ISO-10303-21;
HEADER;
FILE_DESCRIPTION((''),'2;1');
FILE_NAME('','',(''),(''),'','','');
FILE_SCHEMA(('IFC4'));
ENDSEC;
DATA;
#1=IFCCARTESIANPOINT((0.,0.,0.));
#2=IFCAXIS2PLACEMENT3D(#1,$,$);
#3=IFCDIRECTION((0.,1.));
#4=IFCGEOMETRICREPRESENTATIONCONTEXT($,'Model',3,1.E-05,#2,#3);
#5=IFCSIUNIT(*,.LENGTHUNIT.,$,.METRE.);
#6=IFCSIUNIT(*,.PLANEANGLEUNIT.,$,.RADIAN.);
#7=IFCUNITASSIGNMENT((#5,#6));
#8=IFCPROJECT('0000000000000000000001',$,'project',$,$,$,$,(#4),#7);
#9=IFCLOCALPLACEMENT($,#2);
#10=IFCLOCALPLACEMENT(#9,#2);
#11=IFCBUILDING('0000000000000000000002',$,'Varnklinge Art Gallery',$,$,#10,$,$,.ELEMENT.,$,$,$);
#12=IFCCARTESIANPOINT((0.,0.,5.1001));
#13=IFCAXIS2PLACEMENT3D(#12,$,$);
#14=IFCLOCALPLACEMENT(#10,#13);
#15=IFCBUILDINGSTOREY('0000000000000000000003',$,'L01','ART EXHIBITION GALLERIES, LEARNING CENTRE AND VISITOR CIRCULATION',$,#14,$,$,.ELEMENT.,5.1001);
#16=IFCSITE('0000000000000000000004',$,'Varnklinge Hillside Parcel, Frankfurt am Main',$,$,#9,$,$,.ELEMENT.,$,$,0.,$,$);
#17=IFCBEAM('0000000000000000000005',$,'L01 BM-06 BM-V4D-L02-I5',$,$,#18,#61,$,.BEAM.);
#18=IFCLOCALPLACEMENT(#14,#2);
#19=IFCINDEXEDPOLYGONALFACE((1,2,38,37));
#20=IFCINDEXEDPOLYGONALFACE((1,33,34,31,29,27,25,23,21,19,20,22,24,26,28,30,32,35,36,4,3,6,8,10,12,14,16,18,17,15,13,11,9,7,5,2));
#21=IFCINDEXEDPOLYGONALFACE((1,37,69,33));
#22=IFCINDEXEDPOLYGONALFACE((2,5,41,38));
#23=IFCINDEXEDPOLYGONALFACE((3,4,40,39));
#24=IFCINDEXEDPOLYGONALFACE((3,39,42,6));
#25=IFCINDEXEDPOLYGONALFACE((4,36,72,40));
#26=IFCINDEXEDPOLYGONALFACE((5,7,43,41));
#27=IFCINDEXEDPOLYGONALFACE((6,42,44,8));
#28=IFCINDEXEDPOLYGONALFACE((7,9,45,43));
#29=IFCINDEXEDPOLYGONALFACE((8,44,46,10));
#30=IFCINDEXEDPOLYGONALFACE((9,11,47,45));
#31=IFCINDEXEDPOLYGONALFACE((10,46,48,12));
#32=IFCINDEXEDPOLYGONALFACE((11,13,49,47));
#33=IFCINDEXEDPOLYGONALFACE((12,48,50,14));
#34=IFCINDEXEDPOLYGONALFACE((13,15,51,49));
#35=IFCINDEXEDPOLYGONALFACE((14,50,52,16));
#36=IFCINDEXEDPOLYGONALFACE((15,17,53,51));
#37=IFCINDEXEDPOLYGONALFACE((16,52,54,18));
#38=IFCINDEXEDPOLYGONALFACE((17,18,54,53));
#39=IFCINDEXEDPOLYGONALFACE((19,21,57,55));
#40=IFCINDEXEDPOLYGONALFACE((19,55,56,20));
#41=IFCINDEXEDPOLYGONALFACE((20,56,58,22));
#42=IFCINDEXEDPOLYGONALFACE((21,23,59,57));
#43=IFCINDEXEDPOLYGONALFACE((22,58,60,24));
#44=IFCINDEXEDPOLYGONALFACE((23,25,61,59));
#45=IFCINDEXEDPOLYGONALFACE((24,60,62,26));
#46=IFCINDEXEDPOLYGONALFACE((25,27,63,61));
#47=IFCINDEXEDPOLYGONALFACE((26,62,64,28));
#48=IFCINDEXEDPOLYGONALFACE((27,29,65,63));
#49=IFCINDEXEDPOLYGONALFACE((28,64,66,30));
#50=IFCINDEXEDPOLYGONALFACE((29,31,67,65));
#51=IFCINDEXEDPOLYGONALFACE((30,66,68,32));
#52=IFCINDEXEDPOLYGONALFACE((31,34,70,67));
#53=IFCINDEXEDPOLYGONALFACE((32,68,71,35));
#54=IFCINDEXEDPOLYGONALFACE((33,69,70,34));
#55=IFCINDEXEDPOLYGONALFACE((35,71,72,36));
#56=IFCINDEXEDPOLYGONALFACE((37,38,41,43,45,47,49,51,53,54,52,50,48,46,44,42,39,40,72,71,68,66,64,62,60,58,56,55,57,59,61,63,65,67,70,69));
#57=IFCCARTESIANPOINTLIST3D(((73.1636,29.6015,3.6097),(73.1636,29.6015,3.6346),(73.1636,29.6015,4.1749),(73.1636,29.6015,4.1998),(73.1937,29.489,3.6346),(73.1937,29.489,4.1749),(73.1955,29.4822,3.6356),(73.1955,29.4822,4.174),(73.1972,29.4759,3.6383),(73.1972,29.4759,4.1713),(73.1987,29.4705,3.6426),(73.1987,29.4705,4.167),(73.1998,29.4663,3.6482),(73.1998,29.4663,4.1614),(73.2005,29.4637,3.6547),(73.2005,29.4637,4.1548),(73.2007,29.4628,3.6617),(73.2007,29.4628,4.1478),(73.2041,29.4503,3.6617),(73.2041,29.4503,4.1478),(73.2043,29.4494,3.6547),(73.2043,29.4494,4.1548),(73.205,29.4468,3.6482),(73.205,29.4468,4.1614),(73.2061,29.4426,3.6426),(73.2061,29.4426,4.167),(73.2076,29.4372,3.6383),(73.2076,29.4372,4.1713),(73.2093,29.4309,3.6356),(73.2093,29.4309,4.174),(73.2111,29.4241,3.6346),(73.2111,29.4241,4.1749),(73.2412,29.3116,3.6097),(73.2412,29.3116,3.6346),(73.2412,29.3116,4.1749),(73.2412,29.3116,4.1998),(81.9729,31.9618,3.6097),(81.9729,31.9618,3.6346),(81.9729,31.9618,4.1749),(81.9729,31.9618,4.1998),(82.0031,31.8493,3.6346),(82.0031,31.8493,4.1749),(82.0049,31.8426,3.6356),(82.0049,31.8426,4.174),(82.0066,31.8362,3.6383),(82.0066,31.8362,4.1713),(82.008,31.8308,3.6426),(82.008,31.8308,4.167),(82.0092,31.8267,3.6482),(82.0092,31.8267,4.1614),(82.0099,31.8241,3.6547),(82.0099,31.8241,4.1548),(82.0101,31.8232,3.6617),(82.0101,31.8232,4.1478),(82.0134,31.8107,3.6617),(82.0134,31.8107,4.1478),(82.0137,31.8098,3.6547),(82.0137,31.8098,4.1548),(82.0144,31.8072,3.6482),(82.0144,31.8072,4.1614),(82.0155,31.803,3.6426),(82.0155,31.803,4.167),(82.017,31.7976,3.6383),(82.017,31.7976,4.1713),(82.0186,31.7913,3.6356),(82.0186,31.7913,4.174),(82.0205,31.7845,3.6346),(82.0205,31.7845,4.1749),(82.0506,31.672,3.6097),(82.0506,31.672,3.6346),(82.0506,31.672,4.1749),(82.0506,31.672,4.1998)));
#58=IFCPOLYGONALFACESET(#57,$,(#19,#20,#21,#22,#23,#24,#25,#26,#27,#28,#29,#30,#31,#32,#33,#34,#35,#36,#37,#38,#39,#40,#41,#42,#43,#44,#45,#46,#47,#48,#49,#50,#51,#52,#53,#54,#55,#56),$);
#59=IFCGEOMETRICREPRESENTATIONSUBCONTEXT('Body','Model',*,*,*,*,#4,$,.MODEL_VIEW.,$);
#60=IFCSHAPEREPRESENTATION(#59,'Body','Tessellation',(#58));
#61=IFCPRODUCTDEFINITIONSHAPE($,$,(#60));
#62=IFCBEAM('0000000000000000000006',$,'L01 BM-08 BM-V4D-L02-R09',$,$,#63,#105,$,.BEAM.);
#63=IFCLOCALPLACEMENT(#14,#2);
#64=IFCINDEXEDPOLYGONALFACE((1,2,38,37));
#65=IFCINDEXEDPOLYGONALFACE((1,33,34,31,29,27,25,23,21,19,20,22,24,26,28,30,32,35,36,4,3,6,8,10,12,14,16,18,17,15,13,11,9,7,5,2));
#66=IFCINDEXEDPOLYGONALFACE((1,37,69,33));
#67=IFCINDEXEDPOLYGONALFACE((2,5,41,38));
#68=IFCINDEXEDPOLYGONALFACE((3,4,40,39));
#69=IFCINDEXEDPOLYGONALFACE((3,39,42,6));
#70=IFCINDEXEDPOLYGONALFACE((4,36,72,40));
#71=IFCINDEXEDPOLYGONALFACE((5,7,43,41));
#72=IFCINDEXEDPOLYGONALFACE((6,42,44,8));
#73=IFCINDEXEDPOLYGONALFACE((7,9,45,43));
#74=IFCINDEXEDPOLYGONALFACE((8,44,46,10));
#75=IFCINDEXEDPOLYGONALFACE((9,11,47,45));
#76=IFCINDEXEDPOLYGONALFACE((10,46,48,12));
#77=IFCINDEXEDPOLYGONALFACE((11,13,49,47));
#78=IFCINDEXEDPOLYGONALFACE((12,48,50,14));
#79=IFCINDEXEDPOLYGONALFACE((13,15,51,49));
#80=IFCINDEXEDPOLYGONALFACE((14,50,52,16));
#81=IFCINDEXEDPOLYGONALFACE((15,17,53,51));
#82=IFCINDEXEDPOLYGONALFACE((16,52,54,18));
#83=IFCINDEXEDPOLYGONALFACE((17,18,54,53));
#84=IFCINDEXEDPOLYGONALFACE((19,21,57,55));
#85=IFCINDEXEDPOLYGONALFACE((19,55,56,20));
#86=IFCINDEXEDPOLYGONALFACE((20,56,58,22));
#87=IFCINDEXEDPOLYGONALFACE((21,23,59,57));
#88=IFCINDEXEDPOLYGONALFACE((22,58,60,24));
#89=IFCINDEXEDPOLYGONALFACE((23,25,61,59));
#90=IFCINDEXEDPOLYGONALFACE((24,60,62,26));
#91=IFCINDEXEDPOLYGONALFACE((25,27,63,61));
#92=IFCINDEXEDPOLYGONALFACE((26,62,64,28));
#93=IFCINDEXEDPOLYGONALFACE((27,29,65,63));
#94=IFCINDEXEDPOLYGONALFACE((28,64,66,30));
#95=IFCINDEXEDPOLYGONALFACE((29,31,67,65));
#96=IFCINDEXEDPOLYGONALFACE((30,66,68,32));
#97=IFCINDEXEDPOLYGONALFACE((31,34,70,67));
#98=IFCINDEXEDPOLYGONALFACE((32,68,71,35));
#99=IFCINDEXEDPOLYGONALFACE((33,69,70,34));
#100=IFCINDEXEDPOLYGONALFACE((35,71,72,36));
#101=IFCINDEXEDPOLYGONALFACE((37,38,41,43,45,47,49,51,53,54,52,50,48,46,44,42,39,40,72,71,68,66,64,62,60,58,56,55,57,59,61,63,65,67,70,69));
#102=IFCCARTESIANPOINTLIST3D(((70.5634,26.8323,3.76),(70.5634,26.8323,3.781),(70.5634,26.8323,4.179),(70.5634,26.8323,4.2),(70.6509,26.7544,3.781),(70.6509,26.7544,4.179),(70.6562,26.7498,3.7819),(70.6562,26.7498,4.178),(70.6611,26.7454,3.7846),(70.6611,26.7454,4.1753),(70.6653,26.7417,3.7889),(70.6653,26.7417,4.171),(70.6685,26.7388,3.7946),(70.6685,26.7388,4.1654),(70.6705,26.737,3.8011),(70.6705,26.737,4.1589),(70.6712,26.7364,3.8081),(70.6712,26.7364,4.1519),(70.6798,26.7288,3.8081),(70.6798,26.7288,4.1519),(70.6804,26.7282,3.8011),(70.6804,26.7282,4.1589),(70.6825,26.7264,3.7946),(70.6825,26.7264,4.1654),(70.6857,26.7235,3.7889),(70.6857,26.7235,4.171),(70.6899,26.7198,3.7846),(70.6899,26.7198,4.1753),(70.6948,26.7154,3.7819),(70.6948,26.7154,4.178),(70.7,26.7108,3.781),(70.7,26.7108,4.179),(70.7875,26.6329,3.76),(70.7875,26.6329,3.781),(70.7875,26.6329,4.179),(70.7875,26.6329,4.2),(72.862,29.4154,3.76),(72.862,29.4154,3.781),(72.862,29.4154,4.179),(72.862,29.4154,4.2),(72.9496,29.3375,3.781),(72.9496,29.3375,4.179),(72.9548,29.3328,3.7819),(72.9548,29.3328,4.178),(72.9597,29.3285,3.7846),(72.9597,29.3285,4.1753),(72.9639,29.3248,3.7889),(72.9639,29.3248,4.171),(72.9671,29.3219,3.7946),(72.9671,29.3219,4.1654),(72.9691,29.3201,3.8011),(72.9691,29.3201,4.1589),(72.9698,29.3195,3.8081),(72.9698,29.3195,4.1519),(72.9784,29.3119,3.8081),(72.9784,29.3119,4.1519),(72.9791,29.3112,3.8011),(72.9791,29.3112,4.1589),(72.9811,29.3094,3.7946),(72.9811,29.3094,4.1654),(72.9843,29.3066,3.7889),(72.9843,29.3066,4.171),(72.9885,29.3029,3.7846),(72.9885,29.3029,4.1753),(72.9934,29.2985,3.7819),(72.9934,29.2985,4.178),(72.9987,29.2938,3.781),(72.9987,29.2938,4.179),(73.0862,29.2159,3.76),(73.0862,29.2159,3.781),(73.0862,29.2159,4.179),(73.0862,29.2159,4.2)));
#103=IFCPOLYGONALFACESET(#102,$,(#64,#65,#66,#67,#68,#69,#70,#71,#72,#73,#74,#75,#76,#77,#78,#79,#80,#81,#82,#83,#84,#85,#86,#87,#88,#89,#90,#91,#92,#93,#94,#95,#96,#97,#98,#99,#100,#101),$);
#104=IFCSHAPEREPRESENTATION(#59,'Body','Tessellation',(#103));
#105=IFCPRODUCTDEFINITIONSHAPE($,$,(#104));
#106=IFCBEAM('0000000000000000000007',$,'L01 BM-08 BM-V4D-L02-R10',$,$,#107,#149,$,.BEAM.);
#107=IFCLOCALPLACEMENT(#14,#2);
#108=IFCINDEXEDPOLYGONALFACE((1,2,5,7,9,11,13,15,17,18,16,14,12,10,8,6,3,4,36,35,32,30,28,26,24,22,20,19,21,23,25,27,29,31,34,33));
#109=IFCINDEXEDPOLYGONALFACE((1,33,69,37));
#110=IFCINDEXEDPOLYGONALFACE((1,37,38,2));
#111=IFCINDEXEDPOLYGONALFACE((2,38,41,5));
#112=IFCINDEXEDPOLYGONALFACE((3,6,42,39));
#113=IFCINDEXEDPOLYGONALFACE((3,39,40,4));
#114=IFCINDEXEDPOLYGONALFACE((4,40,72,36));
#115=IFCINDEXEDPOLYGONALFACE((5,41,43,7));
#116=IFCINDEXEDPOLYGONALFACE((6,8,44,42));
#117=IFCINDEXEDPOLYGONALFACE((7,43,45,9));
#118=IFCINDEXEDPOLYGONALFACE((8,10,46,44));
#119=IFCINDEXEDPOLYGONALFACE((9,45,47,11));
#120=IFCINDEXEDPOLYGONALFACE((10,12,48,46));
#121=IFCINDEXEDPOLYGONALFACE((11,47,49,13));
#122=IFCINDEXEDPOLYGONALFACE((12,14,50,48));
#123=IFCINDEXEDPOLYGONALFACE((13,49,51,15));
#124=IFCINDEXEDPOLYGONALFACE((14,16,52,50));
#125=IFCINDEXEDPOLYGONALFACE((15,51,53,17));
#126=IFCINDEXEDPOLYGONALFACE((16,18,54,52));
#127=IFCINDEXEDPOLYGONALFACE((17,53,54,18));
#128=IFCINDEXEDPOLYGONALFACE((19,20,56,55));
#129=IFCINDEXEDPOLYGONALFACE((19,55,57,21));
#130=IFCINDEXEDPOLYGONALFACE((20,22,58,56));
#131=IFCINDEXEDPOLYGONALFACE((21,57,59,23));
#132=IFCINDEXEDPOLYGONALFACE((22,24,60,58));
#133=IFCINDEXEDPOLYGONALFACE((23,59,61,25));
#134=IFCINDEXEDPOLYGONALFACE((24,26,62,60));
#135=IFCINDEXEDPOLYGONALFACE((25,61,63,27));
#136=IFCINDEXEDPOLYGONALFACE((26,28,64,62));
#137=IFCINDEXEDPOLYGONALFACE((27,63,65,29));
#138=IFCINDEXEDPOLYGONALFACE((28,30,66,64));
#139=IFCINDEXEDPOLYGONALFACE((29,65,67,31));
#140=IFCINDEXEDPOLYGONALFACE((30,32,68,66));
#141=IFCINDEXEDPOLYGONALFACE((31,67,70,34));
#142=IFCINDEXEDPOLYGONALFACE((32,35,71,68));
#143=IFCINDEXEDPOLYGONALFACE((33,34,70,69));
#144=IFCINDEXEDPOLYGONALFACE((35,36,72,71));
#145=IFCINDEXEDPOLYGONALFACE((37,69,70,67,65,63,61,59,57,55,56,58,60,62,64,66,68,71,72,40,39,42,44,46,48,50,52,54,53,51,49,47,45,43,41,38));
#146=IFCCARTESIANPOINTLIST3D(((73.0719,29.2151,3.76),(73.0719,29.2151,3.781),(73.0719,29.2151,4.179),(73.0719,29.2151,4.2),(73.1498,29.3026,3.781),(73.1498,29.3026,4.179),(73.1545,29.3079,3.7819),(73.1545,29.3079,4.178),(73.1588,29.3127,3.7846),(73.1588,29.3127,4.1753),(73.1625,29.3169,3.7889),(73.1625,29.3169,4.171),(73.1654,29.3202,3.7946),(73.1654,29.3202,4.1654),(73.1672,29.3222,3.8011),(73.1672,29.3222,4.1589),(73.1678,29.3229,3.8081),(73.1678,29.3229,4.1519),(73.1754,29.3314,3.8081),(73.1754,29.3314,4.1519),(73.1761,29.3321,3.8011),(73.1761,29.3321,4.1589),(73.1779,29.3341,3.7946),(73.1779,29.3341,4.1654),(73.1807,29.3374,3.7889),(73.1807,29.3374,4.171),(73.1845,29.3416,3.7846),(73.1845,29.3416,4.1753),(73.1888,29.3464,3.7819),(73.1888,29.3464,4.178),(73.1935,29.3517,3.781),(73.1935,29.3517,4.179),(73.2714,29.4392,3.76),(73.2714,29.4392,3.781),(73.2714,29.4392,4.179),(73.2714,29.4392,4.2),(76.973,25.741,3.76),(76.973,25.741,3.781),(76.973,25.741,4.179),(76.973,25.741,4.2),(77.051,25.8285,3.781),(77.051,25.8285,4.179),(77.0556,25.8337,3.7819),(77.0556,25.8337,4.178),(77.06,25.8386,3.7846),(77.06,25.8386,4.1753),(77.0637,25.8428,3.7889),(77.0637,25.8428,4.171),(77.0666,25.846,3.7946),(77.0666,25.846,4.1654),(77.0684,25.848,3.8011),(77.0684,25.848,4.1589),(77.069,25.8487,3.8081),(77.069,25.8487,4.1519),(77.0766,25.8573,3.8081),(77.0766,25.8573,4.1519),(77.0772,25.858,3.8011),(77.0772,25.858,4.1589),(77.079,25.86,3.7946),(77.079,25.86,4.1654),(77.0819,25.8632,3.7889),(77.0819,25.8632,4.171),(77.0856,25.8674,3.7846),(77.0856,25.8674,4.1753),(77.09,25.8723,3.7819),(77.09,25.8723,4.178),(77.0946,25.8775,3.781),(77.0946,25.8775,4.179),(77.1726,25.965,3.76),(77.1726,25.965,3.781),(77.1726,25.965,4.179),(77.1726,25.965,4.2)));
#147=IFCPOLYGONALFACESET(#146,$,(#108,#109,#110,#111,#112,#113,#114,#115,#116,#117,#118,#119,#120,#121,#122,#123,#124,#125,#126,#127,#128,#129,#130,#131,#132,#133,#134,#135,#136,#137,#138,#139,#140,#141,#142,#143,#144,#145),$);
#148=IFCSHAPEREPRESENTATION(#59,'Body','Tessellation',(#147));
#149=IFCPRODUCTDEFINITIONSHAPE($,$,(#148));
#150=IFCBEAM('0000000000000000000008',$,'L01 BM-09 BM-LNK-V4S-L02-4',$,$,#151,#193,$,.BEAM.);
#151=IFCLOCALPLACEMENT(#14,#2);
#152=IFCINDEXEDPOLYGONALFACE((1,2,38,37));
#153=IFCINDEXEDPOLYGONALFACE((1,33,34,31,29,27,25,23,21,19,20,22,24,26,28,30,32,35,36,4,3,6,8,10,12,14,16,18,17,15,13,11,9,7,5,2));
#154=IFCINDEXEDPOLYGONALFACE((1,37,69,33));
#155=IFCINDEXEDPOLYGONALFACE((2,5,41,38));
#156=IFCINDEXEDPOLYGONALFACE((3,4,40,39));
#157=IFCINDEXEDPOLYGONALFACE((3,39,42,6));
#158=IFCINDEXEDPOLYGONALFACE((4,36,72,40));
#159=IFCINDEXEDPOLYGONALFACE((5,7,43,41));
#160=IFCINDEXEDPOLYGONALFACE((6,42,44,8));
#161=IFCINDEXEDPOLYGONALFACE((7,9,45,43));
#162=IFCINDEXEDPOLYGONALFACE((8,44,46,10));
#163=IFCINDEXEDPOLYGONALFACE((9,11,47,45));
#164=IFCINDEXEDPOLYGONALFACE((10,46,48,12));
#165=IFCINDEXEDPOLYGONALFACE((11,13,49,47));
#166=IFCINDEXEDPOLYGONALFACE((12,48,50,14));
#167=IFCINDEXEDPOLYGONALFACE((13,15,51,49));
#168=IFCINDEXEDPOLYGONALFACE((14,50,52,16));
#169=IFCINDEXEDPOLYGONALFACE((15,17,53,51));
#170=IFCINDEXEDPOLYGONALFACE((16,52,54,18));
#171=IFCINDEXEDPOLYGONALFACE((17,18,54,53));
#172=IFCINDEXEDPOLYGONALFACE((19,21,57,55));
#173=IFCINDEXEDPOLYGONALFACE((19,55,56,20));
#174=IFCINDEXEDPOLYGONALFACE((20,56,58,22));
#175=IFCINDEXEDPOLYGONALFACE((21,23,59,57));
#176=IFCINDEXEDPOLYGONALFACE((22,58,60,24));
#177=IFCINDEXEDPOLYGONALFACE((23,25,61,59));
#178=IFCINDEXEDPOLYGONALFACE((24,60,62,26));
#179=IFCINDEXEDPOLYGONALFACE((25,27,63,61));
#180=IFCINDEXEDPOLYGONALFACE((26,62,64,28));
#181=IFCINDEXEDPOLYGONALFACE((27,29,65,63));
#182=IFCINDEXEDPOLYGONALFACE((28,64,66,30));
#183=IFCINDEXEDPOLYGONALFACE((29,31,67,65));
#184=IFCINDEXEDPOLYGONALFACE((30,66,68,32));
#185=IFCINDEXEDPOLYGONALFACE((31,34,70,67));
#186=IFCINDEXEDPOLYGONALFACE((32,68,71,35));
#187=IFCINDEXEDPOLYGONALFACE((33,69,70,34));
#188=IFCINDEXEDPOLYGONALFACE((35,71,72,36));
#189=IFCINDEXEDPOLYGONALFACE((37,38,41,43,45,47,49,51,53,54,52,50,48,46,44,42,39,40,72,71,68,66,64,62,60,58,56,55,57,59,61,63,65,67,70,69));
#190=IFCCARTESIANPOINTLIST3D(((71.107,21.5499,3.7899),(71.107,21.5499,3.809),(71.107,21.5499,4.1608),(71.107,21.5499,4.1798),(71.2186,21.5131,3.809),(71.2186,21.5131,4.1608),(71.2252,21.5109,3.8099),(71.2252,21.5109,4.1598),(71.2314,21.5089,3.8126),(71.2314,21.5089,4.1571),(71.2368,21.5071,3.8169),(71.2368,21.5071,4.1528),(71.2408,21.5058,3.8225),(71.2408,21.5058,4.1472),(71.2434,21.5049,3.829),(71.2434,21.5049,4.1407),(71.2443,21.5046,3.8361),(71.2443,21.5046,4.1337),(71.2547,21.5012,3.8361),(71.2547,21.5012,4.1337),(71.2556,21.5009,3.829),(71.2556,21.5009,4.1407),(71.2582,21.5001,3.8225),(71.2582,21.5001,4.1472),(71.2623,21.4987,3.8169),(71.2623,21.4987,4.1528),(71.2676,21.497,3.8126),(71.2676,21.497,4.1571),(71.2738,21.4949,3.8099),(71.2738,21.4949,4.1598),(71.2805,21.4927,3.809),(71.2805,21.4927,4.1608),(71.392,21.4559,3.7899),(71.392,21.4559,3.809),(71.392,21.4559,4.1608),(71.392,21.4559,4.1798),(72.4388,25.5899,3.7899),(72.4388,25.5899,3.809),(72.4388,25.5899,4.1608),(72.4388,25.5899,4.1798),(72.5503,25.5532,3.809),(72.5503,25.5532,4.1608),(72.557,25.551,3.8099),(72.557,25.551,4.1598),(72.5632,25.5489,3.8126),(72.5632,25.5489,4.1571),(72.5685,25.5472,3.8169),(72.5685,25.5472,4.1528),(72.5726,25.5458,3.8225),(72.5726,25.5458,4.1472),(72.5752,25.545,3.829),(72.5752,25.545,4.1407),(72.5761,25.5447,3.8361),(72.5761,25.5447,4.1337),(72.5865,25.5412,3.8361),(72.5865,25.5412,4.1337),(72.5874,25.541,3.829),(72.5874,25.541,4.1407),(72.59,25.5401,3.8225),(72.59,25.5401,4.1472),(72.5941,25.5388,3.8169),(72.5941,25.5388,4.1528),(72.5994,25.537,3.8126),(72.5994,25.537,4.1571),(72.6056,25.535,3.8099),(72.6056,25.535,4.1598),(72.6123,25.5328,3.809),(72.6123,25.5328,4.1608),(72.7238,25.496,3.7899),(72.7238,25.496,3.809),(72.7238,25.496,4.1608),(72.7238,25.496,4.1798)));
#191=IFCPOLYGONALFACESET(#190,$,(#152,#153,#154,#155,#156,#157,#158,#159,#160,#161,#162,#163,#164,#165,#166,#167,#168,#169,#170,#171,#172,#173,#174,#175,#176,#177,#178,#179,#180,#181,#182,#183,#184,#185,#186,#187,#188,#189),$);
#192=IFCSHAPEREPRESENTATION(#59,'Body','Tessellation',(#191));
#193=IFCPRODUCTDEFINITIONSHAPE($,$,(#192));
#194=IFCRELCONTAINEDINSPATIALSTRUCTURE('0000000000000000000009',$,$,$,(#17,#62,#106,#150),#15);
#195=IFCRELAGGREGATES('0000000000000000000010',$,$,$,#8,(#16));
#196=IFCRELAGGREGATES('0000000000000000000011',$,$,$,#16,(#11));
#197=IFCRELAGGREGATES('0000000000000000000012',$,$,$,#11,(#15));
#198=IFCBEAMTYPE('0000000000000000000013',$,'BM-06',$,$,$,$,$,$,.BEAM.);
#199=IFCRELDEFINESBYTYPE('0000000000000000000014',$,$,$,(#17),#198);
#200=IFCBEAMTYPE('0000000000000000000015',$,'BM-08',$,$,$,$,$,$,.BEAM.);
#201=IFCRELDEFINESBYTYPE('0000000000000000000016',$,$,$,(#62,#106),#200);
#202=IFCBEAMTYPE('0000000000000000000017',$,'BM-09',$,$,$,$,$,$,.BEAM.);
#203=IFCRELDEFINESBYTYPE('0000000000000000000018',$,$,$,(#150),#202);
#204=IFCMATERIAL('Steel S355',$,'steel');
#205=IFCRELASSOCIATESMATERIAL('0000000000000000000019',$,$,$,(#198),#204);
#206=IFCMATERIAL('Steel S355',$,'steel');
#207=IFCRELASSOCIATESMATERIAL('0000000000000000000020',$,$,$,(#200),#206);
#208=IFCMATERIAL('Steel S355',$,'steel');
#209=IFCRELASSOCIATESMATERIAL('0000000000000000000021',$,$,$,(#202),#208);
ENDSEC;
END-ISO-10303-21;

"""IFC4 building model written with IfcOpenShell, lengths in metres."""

from ifc_helpers import new_model, si_unit, direction, frame, origin, origin_2d, place, context, subcontext, project, spatial, i_section, extrude, material, material_profile, profile_set, type_object, element, save


model = new_model("IFC4")

# Units and contexts
model_context = context("Model", 3, precision=1e-05, world=origin(), true_north=direction((0.0, 1.0)))
body_context = subcontext(model_context, "Body", "Model", "MODEL_VIEW")
ifc_project = project(units=[si_unit("LENGTHUNIT", "METRE"), si_unit("PLANEANGLEUNIT", "RADIAN")], contexts=[model_context])

# Site, building, storey
site_placement = place(None, origin())
site = spatial("IfcSite", under=ifc_project, at=site_placement, Name="Varnklinge Hillside Parcel, Frankfurt am Main", CompositionType="ELEMENT", RefElevation=0.0)
building_placement = place(site_placement, origin())
building = spatial("IfcBuilding", under=site, at=building_placement, Name="Varnklinge Art Gallery", CompositionType="ELEMENT")
storey_placement = place(building_placement, frame((0.0, 0.0, 5.1001)))
storey = spatial("IfcBuildingStorey", under=building, at=storey_placement, Name="L01", Description="ART EXHIBITION GALLERIES, LEARNING CENTRE AND VISITOR CIRCULATION", CompositionType="ELEMENT", Elevation=5.1001)

# Beams
ifc_material_1 = material(Name="Steel S355", Category="steel")
ifc_material_profile_1 = material_profile(ifc_material_1, i_section(OverallWidth=0.3, OverallDepth=0.5901, WebThickness=0.0129, FlangeThickness=0.0249, FilletRadius=0.0271, at=origin_2d()), Name="HEA 600")
ifc_profile_set_1 = profile_set([ifc_material_profile_1], Name="Steel S355")
beam_type_1 = type_object("IfcBeamType", Name="BM-06", PredefinedType="BEAM", material=ifc_profile_set_1)
beam_1_placement = place(storey_placement, frame((73.2024, 29.4565, 3.9048), z_axis=(0.965929, 0.258809, 0.0), x_axis=(-0.258809, 0.965929, 0.0)))
element("IfcBeam", 1, at=beam_1_placement, inside=storey, type_object=beam_type_1, Name="L01 BM-06 BM-V4D-L02-I5", PredefinedType="BEAM", context=body_context, shape_type="SweptSolid", body=[
    extrude(i_section(OverallWidth=0.3, OverallDepth=0.5901, WebThickness=0.0129, FlangeThickness=0.0249, FilletRadius=0.0271, at=origin_2d()), origin(), (0.0, 0.0, 1.0), 9.1201),
])
ifc_material_2 = material(Name="Steel S355", Category="steel")
ifc_material_profile_2 = material_profile(ifc_material_2, i_section(OverallWidth=0.3, OverallDepth=0.4399, WebThickness=0.0115, FlangeThickness=0.021, FilletRadius=0.0271, at=origin_2d()), Name="HEA 450")
ifc_profile_set_2 = profile_set([ifc_material_profile_2], Name="Steel S355")
beam_type_2 = type_object("IfcBeamType", Name="BM-08", PredefinedType="BEAM", material=ifc_profile_set_2)
beam_2_placement = place(storey_placement, frame((72.9741, 29.3157, 3.98), z_axis=(-0.66478, -0.747039, 0.0), x_axis=(0.747039, -0.66478, 0.0)))
element("IfcBeam", 2, at=beam_2_placement, inside=storey, type_object=beam_type_2, Name="L01 BM-08 BM-V4D-L02-R09", PredefinedType="BEAM", context=body_context, shape_type="SweptSolid", body=[
    extrude(i_section(OverallWidth=0.3, OverallDepth=0.4399, WebThickness=0.0115, FlangeThickness=0.021, FilletRadius=0.0271, at=origin_2d()), origin(), (0.0, 0.0, 1.0), 3.4578),
])
beam_3_placement = place(storey_placement, frame((73.1716, 29.3271, 3.98), z_axis=(0.746795, -0.665054, 0.0), x_axis=(0.665054, 0.746795, 0.0)))
element("IfcBeam", 3, at=beam_3_placement, inside=storey, type_object=beam_type_2, Name="L01 BM-08 BM-V4D-L02-R10", PredefinedType="BEAM", context=body_context, shape_type="SweptSolid", body=[
    extrude(i_section(OverallWidth=0.3, OverallDepth=0.4399, WebThickness=0.0115, FlangeThickness=0.021, FilletRadius=0.0271, at=origin_2d()), origin(), (0.0, 0.0, 1.0), 5.2239),
])
ifc_material_3 = material(Name="Steel S355", Category="steel")
ifc_material_profile_3 = material_profile(ifc_material_3, i_section(OverallWidth=0.3, OverallDepth=0.3899, WebThickness=0.011, FlangeThickness=0.019, FilletRadius=0.0271, at=origin_2d()), Name="HEA 400")
ifc_profile_set_3 = profile_set([ifc_material_profile_3], Name="Steel S355")
beam_type_3 = type_object("IfcBeamType", Name="BM-09", PredefinedType="BEAM", material=ifc_profile_set_3)
beam_4_placement = place(storey_placement, frame((72.5813, 25.543, 3.9849), z_axis=(-0.313075, -0.949728, 0.0), x_axis=(0.949728, -0.313075, 0.0)))
element("IfcBeam", 4, at=beam_4_placement, inside=storey, type_object=beam_type_3, Name="L01 BM-09 BM-LNK-V4S-L02-4", PredefinedType="BEAM", context=body_context, shape_type="SweptSolid", body=[
    extrude(i_section(OverallWidth=0.3, OverallDepth=0.3899, WebThickness=0.011, FlangeThickness=0.019, FilletRadius=0.0271, at=origin_2d()), origin(), (0.0, 0.0, 1.0), 4.2539),
])

save(model, "model.ifc")
